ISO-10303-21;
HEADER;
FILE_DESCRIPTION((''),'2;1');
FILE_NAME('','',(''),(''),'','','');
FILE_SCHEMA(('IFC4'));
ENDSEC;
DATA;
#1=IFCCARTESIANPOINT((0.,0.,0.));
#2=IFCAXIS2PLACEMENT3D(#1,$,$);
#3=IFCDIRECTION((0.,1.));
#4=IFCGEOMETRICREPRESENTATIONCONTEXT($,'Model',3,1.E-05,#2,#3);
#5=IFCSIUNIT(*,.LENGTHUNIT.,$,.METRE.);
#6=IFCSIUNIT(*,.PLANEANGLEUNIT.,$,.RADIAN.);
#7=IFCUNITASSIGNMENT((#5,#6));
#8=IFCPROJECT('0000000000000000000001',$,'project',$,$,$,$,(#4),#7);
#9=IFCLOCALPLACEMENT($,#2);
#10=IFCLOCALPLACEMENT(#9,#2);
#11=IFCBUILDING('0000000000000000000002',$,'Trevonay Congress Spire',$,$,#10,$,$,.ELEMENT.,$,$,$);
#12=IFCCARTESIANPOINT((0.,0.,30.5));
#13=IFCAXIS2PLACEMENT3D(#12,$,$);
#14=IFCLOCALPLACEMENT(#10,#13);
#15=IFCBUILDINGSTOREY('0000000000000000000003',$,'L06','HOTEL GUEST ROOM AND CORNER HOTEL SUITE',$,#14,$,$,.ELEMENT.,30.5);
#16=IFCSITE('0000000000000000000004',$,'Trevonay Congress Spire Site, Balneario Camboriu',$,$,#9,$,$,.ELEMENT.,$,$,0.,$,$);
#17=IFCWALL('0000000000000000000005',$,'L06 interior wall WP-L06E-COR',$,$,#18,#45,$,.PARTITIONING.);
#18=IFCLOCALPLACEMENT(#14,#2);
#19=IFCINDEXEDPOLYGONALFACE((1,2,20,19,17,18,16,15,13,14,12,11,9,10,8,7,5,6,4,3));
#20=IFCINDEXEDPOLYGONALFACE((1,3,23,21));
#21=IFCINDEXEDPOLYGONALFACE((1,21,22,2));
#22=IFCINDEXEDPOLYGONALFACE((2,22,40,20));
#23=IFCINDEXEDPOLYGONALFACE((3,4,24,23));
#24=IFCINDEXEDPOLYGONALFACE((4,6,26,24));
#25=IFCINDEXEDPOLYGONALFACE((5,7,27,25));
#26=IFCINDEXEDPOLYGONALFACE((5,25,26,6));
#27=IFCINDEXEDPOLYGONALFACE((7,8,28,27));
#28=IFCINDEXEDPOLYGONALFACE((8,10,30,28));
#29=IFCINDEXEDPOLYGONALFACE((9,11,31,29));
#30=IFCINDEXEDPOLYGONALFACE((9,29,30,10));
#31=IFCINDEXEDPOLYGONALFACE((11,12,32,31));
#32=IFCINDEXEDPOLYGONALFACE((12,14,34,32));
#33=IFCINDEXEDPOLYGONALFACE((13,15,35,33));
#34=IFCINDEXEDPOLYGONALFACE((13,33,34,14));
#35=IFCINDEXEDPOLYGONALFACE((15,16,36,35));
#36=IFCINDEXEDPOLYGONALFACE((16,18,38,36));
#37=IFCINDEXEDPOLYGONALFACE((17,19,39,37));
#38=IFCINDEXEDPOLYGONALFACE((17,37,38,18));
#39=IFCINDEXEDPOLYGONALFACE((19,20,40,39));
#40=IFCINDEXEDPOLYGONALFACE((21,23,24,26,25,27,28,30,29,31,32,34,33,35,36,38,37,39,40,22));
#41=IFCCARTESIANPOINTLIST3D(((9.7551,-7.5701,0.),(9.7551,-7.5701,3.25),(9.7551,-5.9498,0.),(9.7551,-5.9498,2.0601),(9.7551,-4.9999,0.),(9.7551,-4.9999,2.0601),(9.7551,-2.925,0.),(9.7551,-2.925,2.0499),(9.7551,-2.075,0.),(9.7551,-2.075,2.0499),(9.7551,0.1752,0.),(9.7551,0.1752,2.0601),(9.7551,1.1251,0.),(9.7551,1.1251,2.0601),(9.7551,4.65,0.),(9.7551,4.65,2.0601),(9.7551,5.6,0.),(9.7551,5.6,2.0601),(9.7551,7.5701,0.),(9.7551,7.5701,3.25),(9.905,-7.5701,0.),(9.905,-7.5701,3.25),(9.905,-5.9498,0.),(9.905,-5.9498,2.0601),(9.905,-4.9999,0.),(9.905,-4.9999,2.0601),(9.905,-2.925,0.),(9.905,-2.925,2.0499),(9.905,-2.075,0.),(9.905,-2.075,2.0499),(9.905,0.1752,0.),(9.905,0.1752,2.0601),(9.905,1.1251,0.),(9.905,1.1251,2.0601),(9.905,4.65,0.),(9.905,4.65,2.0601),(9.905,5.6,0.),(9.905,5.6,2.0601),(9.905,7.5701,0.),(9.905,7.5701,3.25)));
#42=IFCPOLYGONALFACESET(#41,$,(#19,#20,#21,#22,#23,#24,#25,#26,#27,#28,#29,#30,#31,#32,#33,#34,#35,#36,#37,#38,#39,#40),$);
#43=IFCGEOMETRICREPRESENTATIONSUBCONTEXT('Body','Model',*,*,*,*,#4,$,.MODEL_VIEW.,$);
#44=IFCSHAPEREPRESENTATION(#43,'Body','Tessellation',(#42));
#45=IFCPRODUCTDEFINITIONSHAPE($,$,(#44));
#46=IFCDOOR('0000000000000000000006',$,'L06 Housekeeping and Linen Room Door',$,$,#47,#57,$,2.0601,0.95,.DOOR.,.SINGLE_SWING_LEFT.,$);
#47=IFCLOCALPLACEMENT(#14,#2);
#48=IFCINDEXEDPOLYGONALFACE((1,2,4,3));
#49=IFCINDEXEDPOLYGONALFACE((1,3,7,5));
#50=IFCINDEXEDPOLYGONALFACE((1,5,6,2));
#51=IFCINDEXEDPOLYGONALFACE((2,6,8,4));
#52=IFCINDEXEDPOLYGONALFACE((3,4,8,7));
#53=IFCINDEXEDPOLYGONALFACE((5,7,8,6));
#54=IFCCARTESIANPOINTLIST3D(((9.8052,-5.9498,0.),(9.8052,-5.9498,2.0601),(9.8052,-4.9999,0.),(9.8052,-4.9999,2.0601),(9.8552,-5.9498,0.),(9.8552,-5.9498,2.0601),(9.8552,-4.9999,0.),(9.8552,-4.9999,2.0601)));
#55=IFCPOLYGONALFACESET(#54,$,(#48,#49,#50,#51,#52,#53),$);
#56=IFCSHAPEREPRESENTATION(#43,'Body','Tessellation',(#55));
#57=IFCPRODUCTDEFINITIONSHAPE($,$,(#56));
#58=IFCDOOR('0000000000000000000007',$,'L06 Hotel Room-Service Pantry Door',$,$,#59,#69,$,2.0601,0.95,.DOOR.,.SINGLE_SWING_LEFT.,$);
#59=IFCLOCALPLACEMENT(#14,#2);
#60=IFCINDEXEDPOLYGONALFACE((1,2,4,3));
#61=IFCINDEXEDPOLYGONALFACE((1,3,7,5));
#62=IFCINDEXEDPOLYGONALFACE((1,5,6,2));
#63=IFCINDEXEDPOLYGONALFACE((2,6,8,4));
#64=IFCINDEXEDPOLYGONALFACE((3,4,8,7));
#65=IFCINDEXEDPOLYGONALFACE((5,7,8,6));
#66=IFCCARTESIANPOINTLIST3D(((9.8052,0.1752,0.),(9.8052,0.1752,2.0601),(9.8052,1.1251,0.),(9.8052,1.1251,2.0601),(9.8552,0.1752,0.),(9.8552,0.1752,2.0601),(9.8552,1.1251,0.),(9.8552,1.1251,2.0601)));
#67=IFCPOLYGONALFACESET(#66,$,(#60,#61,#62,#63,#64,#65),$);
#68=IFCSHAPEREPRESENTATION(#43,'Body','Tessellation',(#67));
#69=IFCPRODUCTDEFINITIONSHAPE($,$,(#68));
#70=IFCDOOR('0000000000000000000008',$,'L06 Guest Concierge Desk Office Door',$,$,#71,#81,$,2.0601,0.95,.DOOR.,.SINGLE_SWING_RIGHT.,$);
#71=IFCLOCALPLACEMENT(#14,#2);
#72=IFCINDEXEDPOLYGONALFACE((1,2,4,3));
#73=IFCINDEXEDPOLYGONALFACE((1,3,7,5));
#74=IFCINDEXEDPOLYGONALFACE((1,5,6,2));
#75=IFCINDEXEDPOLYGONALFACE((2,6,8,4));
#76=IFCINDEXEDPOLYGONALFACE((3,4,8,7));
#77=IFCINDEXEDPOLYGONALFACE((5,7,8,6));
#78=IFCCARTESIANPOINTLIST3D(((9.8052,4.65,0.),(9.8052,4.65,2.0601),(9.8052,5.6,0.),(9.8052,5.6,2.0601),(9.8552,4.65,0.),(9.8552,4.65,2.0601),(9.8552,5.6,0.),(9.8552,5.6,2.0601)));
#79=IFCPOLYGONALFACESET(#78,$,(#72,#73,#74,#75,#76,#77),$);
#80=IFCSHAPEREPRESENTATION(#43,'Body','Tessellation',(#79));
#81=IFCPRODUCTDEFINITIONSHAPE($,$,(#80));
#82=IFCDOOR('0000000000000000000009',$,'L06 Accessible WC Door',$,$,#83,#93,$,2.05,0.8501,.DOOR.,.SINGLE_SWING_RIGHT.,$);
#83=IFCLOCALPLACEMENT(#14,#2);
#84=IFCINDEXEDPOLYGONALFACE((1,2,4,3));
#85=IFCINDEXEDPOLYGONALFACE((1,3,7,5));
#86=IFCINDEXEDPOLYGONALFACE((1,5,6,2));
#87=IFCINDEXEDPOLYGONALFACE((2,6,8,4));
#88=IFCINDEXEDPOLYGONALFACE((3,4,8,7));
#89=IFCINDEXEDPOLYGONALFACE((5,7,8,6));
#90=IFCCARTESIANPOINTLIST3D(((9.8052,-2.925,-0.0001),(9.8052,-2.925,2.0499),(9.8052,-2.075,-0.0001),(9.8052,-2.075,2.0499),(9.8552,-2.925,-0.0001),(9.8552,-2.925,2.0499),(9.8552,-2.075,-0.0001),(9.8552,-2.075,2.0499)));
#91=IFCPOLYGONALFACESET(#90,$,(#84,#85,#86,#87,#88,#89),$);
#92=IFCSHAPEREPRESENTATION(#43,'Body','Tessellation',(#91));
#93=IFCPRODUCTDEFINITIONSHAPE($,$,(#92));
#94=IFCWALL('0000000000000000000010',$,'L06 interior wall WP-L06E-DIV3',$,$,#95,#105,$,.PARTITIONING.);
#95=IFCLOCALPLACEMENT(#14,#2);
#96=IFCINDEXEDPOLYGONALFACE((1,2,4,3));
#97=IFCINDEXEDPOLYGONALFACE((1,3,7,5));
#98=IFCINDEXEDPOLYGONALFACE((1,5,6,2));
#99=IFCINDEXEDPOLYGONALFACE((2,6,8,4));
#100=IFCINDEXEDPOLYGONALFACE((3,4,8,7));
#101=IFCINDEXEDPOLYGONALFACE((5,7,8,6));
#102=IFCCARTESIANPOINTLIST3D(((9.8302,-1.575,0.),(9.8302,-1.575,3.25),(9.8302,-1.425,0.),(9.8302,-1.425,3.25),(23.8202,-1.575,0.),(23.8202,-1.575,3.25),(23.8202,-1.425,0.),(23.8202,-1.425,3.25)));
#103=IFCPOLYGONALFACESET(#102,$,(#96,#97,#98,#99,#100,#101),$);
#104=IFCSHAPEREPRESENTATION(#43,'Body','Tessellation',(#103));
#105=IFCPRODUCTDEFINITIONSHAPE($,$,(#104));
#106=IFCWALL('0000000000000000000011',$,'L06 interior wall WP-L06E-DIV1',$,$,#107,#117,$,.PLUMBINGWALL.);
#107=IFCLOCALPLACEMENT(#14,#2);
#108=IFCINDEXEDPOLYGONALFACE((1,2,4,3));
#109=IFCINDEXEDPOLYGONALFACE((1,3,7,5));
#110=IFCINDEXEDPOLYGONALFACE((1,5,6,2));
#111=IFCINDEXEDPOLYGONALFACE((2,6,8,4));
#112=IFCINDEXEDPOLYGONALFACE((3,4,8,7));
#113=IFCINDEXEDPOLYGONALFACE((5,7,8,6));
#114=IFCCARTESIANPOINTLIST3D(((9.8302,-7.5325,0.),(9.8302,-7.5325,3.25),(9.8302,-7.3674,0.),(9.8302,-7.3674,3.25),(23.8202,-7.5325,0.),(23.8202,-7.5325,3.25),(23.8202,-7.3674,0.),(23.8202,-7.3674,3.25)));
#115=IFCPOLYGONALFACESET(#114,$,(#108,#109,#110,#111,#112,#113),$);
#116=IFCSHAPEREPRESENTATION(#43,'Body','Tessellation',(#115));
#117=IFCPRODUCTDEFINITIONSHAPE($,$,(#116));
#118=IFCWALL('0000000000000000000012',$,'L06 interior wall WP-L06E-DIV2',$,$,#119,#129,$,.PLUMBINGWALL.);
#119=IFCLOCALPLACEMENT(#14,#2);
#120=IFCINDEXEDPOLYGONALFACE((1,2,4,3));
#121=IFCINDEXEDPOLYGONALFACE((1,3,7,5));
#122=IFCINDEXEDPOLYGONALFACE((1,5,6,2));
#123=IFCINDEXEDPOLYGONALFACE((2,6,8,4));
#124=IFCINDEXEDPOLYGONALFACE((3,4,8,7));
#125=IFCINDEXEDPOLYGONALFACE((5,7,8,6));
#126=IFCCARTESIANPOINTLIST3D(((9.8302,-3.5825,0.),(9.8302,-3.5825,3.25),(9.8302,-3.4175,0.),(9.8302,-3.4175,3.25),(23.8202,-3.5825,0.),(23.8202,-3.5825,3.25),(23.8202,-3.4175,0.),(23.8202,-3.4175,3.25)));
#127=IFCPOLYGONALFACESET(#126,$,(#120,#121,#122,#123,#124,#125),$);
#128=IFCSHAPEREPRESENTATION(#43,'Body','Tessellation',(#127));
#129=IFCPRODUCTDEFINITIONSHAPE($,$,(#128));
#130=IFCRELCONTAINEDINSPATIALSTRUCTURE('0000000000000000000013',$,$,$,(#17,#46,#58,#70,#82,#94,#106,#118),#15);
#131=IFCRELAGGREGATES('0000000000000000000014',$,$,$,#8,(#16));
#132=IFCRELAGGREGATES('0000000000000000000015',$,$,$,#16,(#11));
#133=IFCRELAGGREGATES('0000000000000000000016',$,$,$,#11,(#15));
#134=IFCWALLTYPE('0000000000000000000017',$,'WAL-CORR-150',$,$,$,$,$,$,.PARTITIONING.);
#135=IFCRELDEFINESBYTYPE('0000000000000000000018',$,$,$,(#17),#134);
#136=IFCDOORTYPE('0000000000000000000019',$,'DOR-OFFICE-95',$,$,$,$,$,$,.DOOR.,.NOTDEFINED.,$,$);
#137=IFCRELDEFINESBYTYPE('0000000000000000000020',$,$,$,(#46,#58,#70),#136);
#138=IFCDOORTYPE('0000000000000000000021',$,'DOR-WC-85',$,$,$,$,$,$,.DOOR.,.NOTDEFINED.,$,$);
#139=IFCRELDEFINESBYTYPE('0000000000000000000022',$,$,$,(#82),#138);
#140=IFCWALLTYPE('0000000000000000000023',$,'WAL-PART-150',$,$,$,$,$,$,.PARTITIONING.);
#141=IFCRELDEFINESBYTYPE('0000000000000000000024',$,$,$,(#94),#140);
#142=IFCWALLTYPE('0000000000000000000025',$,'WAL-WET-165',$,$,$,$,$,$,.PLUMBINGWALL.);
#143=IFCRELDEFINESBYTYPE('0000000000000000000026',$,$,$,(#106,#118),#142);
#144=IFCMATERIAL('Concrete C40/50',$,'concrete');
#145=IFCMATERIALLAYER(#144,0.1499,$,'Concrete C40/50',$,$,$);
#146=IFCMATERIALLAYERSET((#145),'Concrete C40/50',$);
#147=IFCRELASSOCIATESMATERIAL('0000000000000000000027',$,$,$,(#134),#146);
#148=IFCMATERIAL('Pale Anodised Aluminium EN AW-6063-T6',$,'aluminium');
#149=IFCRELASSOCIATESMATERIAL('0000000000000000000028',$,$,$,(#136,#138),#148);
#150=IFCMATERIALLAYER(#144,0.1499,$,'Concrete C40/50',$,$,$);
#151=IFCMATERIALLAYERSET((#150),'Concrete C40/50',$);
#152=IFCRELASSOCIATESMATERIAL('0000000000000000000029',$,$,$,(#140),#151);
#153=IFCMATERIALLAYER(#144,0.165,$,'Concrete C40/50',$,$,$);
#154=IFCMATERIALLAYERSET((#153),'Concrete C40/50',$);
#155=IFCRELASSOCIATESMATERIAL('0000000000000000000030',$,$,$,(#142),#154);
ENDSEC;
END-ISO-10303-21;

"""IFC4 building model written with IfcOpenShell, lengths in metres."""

from ifc_helpers import new_model, si_unit, direction, frame, frame_2d, origin, place, context, subcontext, project, spatial, rectangle, extrude, material, layer, layer_set, type_object, element, fill, save


model = new_model("IFC4")

# Units and contexts
model_context = context("Model", 3, precision=1e-05, world=origin(), true_north=direction((0.0, 1.0)))
body_context = subcontext(model_context, "Body", "Model", "MODEL_VIEW")
ifc_project = project(units=[si_unit("LENGTHUNIT", "METRE"), si_unit("PLANEANGLEUNIT", "RADIAN")], contexts=[model_context])

# Site, building, storey
site_placement = place(None, origin())
site = spatial("IfcSite", under=ifc_project, at=site_placement, Name="Trevonay Congress Spire Site, Balneario Camboriu", CompositionType="ELEMENT", RefElevation=0.0)
building_placement = place(site_placement, origin())
building = spatial("IfcBuilding", under=site, at=building_placement, Name="Trevonay Congress Spire", CompositionType="ELEMENT")
storey_placement = place(building_placement, frame((0.0, 0.0, 30.5)))
storey = spatial("IfcBuildingStorey", under=building, at=storey_placement, Name="L06", Description="HOTEL GUEST ROOM AND CORNER HOTEL SUITE", CompositionType="ELEMENT", Elevation=30.5)

# Shared definitions
ifc_material_1 = material(Name="Pale Anodised Aluminium EN AW-6063-T6", Category="aluminium")

# Shared definitions
ifc_material_2 = material(Name="Concrete C40/50", Category="concrete")

# Wall, openings, doors
ifc_layer_1 = layer(ifc_material_2, 0.1499, Name="Concrete C40/50")
ifc_layer_set_1 = layer_set([ifc_layer_1], Name="Concrete C40/50")
wall_type_1 = type_object("IfcWallType", Name="WAL-CORR-150", PredefinedType="PARTITIONING", material=ifc_layer_set_1)
wall_1_placement = place(storey_placement, frame((9.8301, -7.5701, 0.0), z_axis=(0.0, 0.0, 1.0), x_axis=(0.0, 1.0, 0.0)))
wall_1 = element("IfcWall", 1, at=wall_1_placement, inside=storey, type_object=wall_type_1, Name="L06 interior wall WP-L06E-COR", PredefinedType="PARTITIONING", context=body_context, shape_type="SweptSolid", body=[
    extrude(rectangle(XDim=15.1401, YDim=0.1499, at=frame_2d((7.5701, 0.0))), origin(), (0.0, 0.0, 1.0), 3.25),
])
opening_1_placement = place(wall_1_placement, frame((1.6201, 0.0, 0.0)))
opening_1 = element("IfcOpeningElement", 2, at=opening_1_placement, cuts=wall_1, PredefinedType="OPENING", context=body_context, shape_type="SweptSolid", body=[
    extrude(rectangle(XDim=0.95, YDim=2.0601, at=frame_2d((0.4751, 1.03))), frame((0.0, 0.085, 0.0), z_axis=(0.0, -1.0, 0.0), x_axis=(1.0, 0.0, 0.0)), (0.0, 0.0, 1.0), 0.1699),
])
opening_2_placement = place(wall_1_placement, frame((4.645, 0.0, 0.0)))
opening_2 = element("IfcOpeningElement", 3, at=opening_2_placement, cuts=wall_1, PredefinedType="OPENING", context=body_context, shape_type="SweptSolid", body=[
    extrude(rectangle(XDim=0.8501, YDim=2.05, at=frame_2d((0.425, 1.0249))), frame((0.0, 0.085, 0.0), z_axis=(0.0, -1.0, 0.0), x_axis=(1.0, 0.0, 0.0)), (0.0, 0.0, 1.0), 0.1699),
])
opening_3_placement = place(wall_1_placement, frame((7.7451, 0.0, 0.0)))
opening_3 = element("IfcOpeningElement", 4, at=opening_3_placement, cuts=wall_1, PredefinedType="OPENING", context=body_context, shape_type="SweptSolid", body=[
    extrude(rectangle(XDim=0.95, YDim=2.0601, at=frame_2d((0.4751, 1.03))), frame((0.0, 0.085, 0.0), z_axis=(0.0, -1.0, 0.0), x_axis=(1.0, 0.0, 0.0)), (0.0, 0.0, 1.0), 0.1699),
])
opening_4_placement = place(wall_1_placement, frame((12.22, 0.0, 0.0)))
opening_4 = element("IfcOpeningElement", 5, at=opening_4_placement, cuts=wall_1, PredefinedType="OPENING", context=body_context, shape_type="SweptSolid", body=[
    extrude(rectangle(XDim=0.95, YDim=2.0601, at=frame_2d((0.4751, 1.03))), frame((0.0, 0.085, 0.0), z_axis=(0.0, -1.0, 0.0), x_axis=(1.0, 0.0, 0.0)), (0.0, 0.0, 1.0), 0.1699),
])
door_type_1 = type_object("IfcDoorType", Name="DOR-OFFICE-95", OperationType="NOTDEFINED", PredefinedType="DOOR", material=ifc_material_1)
door_1_placement = place(opening_1_placement, origin())
door_1 = element("IfcDoor", 6, at=door_1_placement, inside=storey, type_object=door_type_1, Name="L06 Housekeeping and Linen Room Door", OperationType="SINGLE_SWING_LEFT", OverallHeight=2.0601, OverallWidth=0.95, PredefinedType="DOOR", context=body_context, shape_type="SweptSolid", body=[
    extrude(rectangle(XDim=0.95, YDim=2.0601, at=frame_2d((0.4751, 1.03))), frame((0.0, 0.0249, 0.0), z_axis=(0.0, -1.0, 0.0), x_axis=(1.0, 0.0, 0.0)), (0.0, 0.0, 1.0), 0.05),
])
fill(opening_1, door_1)
door_2_placement = place(opening_3_placement, origin())
door_2 = element("IfcDoor", 7, at=door_2_placement, inside=storey, type_object=door_type_1, Name="L06 Hotel Room-Service Pantry Door", OperationType="SINGLE_SWING_LEFT", OverallHeight=2.0601, OverallWidth=0.95, PredefinedType="DOOR", context=body_context, shape_type="SweptSolid", body=[
    extrude(rectangle(XDim=0.95, YDim=2.0601, at=frame_2d((0.4751, 1.03))), frame((0.0, 0.0249, 0.0), z_axis=(0.0, -1.0, 0.0), x_axis=(1.0, 0.0, 0.0)), (0.0, 0.0, 1.0), 0.05),
])
fill(opening_3, door_2)
door_3_placement = place(opening_4_placement, origin())
door_3 = element("IfcDoor", 8, at=door_3_placement, inside=storey, type_object=door_type_1, Name="L06 Guest Concierge Desk Office Door", OperationType="SINGLE_SWING_RIGHT", OverallHeight=2.0601, OverallWidth=0.95, PredefinedType="DOOR", context=body_context, shape_type="SweptSolid", body=[
    extrude(rectangle(XDim=0.95, YDim=2.0601, at=frame_2d((0.4751, 1.03))), frame((0.0, 0.0249, 0.0), z_axis=(0.0, -1.0, 0.0), x_axis=(1.0, 0.0, 0.0)), (0.0, 0.0, 1.0), 0.05),
])
fill(opening_4, door_3)
door_type_2 = type_object("IfcDoorType", Name="DOR-WC-85", OperationType="NOTDEFINED", PredefinedType="DOOR", material=ifc_material_1)
door_4_placement = place(opening_2_placement, origin())
door_4 = element("IfcDoor", 9, at=door_4_placement, inside=storey, type_object=door_type_2, Name="L06 Accessible WC Door", OperationType="SINGLE_SWING_RIGHT", OverallHeight=2.05, OverallWidth=0.8501, PredefinedType="DOOR", context=body_context, shape_type="SweptSolid", body=[
    extrude(rectangle(XDim=0.8501, YDim=2.05, at=frame_2d((0.425, 1.0249))), frame((0.0, 0.0249, 0.0), z_axis=(0.0, -1.0, 0.0), x_axis=(1.0, 0.0, 0.0)), (0.0, 0.0, 1.0), 0.05),
])
fill(opening_2, door_4)

# Walls
ifc_layer_2 = layer(ifc_material_2, 0.1499, Name="Concrete C40/50")
ifc_layer_set_2 = layer_set([ifc_layer_2], Name="Concrete C40/50")
wall_type_2 = type_object("IfcWallType", Name="WAL-PART-150", PredefinedType="PARTITIONING", material=ifc_layer_set_2)
wall_2_placement = place(storey_placement, frame((9.8301, -1.5, 0.0), z_axis=(0.0, 0.0, 1.0), x_axis=(1.0, 0.0, 0.0)))
element("IfcWall", 10, at=wall_2_placement, inside=storey, type_object=wall_type_2, Name="L06 interior wall WP-L06E-DIV3", PredefinedType="PARTITIONING", context=body_context, shape_type="SweptSolid", body=[
    extrude(rectangle(XDim=13.99, YDim=0.1499, at=frame_2d((6.9951, 0.0))), origin(), (0.0, 0.0, 1.0), 3.25),
])
ifc_layer_3 = layer(ifc_material_2, 0.165, Name="Concrete C40/50")
ifc_layer_set_3 = layer_set([ifc_layer_3], Name="Concrete C40/50")
wall_type_3 = type_object("IfcWallType", Name="WAL-WET-165", PredefinedType="PLUMBINGWALL", material=ifc_layer_set_3)
for number, where, z_axis, x_axis, name in (
    (11, (9.8301, -7.45, 0.0), (0.0, 0.0, 1.0), (1.0, 0.0, 0.0), "L06 interior wall WP-L06E-DIV1"),
    (12, (9.8301, -3.5, 0.0), (0.0, 0.0, 1.0), (1.0, 0.0, 0.0), "L06 interior wall WP-L06E-DIV2"),
):
    element("IfcWall", number, at=place(storey_placement, frame(where, z_axis=z_axis, x_axis=x_axis)), inside=storey, type_object=wall_type_3, Name=name, PredefinedType="PLUMBINGWALL", context=body_context, shape_type="SweptSolid", body=[
        extrude(rectangle(XDim=13.99, YDim=0.165, at=frame_2d((6.9951, 0.0))), origin(), (0.0, 0.0, 1.0), 3.25),
    ])

save(model, "model.ifc")
